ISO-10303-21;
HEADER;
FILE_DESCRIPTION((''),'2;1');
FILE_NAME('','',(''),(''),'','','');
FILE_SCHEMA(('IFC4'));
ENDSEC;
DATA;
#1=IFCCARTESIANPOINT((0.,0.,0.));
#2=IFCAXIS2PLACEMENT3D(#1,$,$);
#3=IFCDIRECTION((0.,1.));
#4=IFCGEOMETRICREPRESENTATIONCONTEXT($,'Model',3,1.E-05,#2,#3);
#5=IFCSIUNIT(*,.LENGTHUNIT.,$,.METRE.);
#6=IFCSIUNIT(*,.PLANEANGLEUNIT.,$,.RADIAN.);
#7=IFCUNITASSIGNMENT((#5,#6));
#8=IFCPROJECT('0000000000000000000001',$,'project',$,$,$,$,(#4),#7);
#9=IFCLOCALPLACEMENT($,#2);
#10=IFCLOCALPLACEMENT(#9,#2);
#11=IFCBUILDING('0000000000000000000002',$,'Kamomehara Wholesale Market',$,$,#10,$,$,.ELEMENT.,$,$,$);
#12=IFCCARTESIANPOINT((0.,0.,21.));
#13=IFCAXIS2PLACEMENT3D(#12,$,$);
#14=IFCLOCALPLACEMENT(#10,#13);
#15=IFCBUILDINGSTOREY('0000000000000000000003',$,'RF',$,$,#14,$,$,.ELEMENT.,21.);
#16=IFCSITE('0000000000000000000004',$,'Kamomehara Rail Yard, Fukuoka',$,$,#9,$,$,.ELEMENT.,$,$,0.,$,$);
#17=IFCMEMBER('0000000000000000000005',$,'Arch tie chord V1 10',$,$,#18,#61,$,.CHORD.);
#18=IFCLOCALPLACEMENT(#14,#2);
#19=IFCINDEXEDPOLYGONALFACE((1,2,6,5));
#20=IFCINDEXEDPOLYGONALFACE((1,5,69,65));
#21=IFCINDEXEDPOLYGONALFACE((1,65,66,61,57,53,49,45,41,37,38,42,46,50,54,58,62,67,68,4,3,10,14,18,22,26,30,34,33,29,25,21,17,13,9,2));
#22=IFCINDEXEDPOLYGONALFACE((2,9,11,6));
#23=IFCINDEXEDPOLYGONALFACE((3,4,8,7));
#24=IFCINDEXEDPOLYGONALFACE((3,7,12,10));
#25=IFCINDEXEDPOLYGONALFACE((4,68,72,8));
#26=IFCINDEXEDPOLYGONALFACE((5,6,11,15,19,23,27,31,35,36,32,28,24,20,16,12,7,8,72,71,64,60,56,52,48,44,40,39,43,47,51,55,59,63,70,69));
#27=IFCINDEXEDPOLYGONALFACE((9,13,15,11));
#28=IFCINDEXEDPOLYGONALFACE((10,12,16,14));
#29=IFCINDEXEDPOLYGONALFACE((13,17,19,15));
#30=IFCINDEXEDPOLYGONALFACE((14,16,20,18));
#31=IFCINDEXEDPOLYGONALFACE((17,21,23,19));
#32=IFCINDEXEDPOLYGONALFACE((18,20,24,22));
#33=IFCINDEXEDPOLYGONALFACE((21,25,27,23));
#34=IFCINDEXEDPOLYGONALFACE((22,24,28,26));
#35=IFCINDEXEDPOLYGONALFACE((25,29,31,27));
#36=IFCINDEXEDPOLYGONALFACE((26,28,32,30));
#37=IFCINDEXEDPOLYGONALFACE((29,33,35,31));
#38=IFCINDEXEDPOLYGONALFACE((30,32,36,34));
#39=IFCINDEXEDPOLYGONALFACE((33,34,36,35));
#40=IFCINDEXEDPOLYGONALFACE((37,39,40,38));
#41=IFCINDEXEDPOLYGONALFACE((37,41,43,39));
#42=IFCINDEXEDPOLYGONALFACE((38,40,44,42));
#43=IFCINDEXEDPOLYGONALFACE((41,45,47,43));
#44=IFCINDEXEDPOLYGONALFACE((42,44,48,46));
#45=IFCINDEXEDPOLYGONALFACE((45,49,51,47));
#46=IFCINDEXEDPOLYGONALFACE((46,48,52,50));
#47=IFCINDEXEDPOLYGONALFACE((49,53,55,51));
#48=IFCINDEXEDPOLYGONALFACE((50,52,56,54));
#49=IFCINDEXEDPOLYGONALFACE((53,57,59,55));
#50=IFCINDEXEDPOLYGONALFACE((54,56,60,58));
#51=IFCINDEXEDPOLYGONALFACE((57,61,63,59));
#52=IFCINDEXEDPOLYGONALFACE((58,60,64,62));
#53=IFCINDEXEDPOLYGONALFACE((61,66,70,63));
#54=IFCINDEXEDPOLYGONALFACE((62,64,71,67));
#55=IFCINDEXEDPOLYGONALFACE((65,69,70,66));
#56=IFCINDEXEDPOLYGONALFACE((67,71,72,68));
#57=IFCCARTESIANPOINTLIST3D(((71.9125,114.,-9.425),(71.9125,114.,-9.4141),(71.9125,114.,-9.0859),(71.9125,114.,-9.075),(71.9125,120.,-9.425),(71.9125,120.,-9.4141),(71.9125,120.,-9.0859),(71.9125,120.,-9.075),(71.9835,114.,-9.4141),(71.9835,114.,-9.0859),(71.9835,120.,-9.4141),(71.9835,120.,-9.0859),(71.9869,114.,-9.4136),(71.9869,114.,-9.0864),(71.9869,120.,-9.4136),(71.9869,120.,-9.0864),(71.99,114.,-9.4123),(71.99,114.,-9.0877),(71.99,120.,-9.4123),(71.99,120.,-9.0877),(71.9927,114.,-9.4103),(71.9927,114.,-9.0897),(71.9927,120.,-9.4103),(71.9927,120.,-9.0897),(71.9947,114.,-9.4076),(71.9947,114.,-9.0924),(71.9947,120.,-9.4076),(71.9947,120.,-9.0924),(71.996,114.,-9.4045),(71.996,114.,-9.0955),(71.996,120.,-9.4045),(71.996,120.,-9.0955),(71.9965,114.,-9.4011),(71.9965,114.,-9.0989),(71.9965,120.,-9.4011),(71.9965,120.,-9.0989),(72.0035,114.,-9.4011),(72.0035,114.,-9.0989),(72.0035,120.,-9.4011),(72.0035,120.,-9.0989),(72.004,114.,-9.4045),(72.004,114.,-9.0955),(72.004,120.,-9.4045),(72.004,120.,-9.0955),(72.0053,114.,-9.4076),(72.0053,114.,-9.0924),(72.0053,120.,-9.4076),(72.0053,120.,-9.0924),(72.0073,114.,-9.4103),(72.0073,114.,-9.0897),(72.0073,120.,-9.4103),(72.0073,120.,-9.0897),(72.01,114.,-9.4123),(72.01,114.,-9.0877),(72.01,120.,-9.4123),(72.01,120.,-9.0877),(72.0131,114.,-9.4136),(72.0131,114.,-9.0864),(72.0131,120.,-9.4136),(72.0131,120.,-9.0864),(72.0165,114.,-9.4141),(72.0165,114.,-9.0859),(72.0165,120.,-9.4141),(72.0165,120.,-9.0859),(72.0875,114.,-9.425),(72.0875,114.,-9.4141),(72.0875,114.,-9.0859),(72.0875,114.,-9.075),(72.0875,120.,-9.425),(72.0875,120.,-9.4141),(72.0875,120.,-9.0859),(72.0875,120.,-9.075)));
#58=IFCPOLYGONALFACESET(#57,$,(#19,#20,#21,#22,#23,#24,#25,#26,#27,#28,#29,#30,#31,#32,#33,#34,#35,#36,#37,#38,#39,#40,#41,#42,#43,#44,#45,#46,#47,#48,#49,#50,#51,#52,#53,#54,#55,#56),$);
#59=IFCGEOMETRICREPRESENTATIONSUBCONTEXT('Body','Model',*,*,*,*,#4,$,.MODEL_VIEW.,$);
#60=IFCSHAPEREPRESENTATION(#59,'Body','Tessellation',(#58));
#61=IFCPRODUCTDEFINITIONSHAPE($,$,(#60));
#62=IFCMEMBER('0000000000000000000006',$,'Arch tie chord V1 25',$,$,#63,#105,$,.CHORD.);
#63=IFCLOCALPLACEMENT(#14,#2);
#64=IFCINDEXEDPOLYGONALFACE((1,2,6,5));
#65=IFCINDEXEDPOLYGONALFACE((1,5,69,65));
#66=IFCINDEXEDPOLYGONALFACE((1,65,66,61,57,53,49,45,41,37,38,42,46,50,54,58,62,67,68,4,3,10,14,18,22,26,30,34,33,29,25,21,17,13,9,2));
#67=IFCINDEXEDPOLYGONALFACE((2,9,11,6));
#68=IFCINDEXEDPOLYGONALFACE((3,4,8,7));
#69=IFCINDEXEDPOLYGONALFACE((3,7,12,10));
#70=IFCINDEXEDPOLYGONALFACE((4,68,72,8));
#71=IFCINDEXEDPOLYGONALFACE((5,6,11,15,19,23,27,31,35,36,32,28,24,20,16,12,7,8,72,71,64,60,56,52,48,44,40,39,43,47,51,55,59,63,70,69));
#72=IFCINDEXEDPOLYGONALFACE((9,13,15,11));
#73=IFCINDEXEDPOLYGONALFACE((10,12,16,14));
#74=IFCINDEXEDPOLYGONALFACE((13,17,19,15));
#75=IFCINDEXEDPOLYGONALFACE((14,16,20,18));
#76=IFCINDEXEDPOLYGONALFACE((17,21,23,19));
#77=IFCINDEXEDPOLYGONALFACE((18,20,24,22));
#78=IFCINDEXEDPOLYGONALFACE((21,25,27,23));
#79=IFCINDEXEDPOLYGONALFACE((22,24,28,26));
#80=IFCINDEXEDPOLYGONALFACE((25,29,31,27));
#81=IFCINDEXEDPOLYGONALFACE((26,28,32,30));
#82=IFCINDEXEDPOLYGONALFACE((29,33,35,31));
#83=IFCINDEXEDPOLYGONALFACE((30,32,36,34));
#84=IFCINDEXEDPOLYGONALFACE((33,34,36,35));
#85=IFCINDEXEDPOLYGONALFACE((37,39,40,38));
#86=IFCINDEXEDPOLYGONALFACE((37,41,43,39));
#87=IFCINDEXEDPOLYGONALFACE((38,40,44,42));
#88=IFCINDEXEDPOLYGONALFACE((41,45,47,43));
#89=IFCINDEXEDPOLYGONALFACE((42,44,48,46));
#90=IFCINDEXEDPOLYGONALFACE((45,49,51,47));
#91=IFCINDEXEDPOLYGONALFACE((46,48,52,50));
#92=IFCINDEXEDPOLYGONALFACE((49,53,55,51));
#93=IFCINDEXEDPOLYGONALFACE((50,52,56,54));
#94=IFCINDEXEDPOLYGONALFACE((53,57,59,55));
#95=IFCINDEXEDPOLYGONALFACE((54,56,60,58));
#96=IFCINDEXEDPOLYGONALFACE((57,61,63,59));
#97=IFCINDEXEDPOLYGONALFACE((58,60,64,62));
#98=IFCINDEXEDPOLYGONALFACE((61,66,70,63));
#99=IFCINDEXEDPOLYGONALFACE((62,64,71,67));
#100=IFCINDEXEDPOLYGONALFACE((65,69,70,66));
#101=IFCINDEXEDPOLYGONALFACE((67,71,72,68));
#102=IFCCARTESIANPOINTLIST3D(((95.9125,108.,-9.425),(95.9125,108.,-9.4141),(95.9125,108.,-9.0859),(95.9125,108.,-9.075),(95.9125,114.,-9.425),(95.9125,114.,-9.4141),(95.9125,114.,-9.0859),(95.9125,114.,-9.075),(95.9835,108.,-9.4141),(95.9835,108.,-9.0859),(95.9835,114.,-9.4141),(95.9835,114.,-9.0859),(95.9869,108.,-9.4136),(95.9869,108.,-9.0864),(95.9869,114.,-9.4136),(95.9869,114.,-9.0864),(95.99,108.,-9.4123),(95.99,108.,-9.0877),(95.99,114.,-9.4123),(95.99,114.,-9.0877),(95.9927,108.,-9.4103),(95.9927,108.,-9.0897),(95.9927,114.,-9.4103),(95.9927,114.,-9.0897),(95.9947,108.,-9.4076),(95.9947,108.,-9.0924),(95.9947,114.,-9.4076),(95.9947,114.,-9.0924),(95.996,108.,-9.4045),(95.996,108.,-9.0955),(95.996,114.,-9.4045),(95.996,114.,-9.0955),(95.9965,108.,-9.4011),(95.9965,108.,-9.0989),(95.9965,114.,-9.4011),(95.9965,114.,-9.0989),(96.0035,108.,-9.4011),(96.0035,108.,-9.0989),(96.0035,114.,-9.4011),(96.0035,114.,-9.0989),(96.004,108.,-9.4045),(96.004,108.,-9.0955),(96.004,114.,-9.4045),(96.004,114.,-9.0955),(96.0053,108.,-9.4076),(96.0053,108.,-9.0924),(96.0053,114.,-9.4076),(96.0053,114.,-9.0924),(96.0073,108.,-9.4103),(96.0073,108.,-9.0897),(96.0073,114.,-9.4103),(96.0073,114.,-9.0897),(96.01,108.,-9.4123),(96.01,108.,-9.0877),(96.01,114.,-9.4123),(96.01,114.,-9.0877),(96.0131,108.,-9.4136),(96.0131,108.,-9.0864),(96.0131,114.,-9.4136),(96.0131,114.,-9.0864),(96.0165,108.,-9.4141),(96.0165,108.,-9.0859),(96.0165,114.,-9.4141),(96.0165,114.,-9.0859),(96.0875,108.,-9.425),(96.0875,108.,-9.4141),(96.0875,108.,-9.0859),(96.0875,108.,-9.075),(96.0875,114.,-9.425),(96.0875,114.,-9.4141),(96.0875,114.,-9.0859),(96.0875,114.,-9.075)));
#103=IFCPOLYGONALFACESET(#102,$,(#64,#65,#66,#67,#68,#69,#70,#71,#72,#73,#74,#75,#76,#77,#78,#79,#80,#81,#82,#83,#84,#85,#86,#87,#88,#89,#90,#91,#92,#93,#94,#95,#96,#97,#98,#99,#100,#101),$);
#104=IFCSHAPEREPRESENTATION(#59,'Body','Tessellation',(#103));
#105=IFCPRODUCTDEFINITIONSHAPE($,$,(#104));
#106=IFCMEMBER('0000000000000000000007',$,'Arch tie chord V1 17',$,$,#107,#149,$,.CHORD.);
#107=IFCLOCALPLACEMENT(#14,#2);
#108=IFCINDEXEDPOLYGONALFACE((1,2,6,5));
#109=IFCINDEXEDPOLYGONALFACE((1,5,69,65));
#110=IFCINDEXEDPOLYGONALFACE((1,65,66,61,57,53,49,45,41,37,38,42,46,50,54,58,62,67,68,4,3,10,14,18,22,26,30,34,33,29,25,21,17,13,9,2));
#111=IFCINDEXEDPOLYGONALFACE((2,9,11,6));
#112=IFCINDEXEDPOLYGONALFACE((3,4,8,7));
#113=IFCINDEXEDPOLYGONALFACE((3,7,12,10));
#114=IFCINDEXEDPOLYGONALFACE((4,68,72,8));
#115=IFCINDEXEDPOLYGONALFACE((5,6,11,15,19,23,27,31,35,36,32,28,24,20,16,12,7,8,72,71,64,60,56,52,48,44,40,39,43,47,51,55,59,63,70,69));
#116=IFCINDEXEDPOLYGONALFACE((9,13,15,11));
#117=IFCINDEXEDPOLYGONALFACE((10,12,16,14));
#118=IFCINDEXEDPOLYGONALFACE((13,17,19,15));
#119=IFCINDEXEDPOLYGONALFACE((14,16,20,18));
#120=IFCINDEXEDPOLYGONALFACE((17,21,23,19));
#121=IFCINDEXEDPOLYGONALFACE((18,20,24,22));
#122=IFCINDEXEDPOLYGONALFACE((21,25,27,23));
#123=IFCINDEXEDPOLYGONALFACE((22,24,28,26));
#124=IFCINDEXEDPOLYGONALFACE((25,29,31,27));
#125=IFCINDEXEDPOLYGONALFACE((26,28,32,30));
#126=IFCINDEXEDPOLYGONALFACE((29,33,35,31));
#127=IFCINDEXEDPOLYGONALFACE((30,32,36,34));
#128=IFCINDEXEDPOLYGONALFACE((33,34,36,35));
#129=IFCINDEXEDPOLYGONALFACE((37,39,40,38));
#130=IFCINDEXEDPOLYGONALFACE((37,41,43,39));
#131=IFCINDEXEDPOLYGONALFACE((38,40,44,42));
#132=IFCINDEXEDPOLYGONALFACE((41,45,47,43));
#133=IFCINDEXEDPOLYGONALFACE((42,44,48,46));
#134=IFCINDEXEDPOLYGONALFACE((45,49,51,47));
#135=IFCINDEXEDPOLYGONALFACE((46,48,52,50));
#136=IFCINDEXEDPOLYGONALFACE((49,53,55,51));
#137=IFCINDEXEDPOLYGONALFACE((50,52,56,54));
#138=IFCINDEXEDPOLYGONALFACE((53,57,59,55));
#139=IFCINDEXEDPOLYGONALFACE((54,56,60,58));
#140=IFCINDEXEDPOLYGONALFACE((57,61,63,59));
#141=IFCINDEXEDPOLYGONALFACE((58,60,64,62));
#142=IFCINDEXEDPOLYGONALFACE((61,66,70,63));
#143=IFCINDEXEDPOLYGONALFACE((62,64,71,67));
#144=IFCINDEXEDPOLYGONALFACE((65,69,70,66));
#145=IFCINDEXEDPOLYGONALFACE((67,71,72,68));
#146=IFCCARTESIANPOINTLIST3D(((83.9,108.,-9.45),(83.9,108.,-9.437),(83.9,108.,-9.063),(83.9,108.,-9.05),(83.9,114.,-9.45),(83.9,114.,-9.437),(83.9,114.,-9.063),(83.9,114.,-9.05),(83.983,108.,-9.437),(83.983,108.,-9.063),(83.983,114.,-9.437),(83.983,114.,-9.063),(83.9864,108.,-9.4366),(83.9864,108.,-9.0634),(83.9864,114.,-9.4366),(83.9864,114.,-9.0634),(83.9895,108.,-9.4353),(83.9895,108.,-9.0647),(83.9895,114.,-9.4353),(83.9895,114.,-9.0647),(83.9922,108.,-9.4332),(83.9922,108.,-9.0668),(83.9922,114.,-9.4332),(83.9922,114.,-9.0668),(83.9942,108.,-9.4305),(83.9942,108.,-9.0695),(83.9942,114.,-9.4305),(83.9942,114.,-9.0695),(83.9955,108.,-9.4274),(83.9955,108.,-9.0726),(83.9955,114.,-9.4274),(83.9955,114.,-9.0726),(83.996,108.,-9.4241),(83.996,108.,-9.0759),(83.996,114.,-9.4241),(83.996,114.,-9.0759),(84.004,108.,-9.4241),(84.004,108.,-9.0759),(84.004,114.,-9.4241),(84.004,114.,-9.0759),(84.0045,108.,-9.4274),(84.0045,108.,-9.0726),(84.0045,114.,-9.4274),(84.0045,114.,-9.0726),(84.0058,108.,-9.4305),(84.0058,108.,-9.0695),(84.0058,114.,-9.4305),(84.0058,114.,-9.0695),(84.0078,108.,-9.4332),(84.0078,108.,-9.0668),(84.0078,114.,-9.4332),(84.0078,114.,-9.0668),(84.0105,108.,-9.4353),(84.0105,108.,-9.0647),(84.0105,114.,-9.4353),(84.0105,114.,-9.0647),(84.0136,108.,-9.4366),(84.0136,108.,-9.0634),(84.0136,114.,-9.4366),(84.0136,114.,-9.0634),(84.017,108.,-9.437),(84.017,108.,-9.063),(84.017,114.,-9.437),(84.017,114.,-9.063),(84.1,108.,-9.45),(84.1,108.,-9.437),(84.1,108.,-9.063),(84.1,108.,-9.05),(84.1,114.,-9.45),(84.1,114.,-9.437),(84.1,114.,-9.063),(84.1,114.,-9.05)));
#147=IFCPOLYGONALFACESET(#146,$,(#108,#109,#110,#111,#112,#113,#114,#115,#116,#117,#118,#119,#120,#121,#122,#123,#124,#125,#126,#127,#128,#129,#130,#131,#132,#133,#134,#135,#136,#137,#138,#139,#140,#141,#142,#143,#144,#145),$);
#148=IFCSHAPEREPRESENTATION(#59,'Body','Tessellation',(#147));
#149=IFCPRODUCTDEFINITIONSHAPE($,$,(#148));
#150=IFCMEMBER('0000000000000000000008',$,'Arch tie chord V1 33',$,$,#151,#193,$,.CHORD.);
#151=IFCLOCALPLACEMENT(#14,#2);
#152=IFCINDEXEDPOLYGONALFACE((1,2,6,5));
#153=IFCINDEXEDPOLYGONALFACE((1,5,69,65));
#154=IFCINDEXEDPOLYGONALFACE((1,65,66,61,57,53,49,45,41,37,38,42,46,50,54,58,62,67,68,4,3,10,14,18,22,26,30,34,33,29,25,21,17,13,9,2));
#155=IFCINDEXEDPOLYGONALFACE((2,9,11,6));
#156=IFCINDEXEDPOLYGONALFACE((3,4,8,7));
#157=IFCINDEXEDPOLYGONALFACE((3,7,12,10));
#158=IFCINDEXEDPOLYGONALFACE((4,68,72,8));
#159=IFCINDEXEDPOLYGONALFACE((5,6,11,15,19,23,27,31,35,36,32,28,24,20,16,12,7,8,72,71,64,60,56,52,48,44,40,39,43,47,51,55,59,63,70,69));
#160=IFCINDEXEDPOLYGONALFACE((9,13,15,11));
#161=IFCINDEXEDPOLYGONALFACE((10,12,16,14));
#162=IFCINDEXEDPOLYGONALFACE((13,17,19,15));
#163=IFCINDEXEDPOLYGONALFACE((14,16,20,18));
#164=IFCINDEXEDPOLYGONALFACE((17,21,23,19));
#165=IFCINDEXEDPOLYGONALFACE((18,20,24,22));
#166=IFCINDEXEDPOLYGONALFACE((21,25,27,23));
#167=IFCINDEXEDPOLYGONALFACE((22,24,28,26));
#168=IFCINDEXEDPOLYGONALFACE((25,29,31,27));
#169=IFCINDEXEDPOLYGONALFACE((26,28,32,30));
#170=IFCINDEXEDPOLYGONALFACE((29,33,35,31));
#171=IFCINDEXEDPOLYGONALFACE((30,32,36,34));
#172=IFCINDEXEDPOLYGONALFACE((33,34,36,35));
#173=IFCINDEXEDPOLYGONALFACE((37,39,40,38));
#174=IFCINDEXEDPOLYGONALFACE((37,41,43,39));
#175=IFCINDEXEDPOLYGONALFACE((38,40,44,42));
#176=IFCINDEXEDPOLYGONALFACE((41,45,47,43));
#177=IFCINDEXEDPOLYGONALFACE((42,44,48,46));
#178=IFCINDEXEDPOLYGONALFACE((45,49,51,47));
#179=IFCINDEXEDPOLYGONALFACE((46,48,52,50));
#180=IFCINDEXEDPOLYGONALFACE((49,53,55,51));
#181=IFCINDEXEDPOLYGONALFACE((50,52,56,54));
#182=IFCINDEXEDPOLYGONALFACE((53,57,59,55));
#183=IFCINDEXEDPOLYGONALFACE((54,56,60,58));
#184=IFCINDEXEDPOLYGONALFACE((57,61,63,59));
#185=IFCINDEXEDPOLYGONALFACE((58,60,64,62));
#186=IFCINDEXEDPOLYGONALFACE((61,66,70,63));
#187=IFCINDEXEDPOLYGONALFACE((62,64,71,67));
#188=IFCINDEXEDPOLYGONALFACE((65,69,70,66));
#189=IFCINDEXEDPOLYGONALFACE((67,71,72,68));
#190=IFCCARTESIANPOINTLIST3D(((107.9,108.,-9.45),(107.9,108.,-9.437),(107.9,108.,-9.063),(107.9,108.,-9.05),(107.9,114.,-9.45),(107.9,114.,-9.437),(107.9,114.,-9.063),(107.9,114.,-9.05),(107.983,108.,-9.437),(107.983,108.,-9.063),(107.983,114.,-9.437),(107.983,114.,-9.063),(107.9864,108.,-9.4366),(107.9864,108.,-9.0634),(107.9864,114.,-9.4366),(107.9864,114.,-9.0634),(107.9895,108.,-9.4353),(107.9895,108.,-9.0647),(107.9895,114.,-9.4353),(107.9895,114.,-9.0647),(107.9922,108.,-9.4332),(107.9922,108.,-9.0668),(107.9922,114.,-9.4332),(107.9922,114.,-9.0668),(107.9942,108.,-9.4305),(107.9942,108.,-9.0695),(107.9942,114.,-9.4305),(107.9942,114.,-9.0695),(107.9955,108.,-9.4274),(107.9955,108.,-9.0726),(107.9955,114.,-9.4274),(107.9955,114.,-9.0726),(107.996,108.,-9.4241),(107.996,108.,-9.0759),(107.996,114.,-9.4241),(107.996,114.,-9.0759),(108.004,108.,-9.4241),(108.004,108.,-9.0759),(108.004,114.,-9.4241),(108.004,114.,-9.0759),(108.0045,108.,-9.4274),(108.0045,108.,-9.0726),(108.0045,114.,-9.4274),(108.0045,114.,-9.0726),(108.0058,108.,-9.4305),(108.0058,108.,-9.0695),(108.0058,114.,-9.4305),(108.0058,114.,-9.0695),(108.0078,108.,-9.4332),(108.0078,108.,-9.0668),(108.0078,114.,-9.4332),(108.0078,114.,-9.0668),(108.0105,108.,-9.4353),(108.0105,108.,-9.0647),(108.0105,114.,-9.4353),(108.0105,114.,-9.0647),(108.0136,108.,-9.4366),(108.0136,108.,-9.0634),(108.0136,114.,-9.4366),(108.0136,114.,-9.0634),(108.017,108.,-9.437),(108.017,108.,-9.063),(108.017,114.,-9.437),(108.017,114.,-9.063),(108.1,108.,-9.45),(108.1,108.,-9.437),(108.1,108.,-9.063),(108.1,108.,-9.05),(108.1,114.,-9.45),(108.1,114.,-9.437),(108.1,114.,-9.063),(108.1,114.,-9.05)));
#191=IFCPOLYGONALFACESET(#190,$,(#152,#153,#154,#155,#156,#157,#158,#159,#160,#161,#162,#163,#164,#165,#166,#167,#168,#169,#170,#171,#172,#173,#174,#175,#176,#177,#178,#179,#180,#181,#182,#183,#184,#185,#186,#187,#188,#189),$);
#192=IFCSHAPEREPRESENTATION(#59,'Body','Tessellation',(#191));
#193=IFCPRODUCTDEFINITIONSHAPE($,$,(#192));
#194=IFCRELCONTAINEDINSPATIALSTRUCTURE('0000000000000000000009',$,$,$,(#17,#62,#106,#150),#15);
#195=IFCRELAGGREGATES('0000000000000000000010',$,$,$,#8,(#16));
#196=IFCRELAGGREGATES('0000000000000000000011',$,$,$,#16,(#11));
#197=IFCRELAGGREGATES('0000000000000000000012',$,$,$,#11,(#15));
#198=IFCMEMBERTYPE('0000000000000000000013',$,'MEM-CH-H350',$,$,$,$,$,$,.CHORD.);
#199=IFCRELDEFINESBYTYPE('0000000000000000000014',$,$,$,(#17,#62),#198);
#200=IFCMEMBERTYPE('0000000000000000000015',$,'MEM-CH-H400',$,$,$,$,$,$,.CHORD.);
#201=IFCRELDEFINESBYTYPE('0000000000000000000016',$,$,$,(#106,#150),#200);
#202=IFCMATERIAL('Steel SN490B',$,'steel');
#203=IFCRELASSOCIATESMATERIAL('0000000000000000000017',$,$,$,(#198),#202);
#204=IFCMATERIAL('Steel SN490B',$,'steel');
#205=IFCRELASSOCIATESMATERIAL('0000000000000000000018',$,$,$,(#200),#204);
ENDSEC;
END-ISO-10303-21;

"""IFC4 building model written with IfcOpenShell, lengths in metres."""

from ifc_helpers import new_model, si_unit, direction, frame, origin, origin_2d, place, context, subcontext, project, spatial, i_section, extrude, material, material_profile, profile_set, type_object, element, save


model = new_model("IFC4")

# Units and contexts
model_context = context("Model", 3, precision=1e-05, world=origin(), true_north=direction((0.0, 1.0)))
body_context = subcontext(model_context, "Body", "Model", "MODEL_VIEW")
ifc_project = project(units=[si_unit("LENGTHUNIT", "METRE"), si_unit("PLANEANGLEUNIT", "RADIAN")], contexts=[model_context])

# Site, building, storey
site_placement = place(None, origin())
site = spatial("IfcSite", under=ifc_project, at=site_placement, Name="Kamomehara Rail Yard, Fukuoka", CompositionType="ELEMENT", RefElevation=0.0)
building_placement = place(site_placement, origin())
building = spatial("IfcBuilding", under=site, at=building_placement, Name="Kamomehara Wholesale Market", CompositionType="ELEMENT")
storey_placement = place(building_placement, frame((0.0, 0.0, 21.0)))
storey = spatial("IfcBuildingStorey", under=building, at=storey_placement, Name="RF", CompositionType="ELEMENT", Elevation=21.0)

# Members
ifc_material_1 = material(Name="Steel SN490B", Category="steel")
ifc_material_profile_1 = material_profile(ifc_material_1, i_section(OverallWidth=0.175, OverallDepth=0.3501, WebThickness=0.0071, FlangeThickness=0.011, FilletRadius=0.0129, at=origin_2d()), Name="H-350x175x7x11")
ifc_profile_set_1 = profile_set([ifc_material_profile_1], Name="Steel SN490B")
member_type_1 = type_object("IfcMemberType", Name="MEM-CH-H350", PredefinedType="CHORD", material=ifc_profile_set_1)
for number, where, z_axis, x_axis, name in (
    (1, (72.0, 114.0, -9.25), (0.0, 1.0, 0.0), (-1.0, 0.0, 0.0), "Arch tie chord V1 10"),
    (2, (96.0, 108.0, -9.25), (0.0, 1.0, 0.0), (-1.0, 0.0, 0.0), "Arch tie chord V1 25"),
):
    element("IfcMember", number, at=place(storey_placement, frame(where, z_axis=z_axis, x_axis=x_axis)), inside=storey, type_object=member_type_1, Name=name, PredefinedType="CHORD", context=body_context, shape_type="SweptSolid", body=[
        extrude(i_section(OverallWidth=0.175, OverallDepth=0.3501, WebThickness=0.0071, FlangeThickness=0.011, FilletRadius=0.0129, at=origin_2d()), origin(), (0.0, 0.0, 1.0), 6.0),
    ])
ifc_material_2 = material(Name="Steel SN490B", Category="steel")
ifc_material_profile_2 = material_profile(ifc_material_2, i_section(OverallWidth=0.2, OverallDepth=0.3999, WebThickness=0.0081, FlangeThickness=0.0129, FilletRadius=0.0129, at=origin_2d()), Name="H-400x200x8x13")
ifc_profile_set_2 = profile_set([ifc_material_profile_2], Name="Steel SN490B")
member_type_2 = type_object("IfcMemberType", Name="MEM-CH-H400", PredefinedType="CHORD", material=ifc_profile_set_2)
for number, where, z_axis, x_axis, name in (
    (3, (84.0, 108.0, -9.25), (0.0, 1.0, 0.0), (-1.0, 0.0, 0.0), "Arch tie chord V1 17"),
    (4, (108.0, 108.0, -9.25), (0.0, 1.0, 0.0), (-1.0, 0.0, 0.0), "Arch tie chord V1 33"),
):
    element("IfcMember", number, at=place(storey_placement, frame(where, z_axis=z_axis, x_axis=x_axis)), inside=storey, type_object=member_type_2, Name=name, PredefinedType="CHORD", context=body_context, shape_type="SweptSolid", body=[
        extrude(i_section(OverallWidth=0.2, OverallDepth=0.3999, WebThickness=0.0081, FlangeThickness=0.0129, FilletRadius=0.0129, at=origin_2d()), origin(), (0.0, 0.0, 1.0), 6.0),
    ])

save(model, "model.ifc")
